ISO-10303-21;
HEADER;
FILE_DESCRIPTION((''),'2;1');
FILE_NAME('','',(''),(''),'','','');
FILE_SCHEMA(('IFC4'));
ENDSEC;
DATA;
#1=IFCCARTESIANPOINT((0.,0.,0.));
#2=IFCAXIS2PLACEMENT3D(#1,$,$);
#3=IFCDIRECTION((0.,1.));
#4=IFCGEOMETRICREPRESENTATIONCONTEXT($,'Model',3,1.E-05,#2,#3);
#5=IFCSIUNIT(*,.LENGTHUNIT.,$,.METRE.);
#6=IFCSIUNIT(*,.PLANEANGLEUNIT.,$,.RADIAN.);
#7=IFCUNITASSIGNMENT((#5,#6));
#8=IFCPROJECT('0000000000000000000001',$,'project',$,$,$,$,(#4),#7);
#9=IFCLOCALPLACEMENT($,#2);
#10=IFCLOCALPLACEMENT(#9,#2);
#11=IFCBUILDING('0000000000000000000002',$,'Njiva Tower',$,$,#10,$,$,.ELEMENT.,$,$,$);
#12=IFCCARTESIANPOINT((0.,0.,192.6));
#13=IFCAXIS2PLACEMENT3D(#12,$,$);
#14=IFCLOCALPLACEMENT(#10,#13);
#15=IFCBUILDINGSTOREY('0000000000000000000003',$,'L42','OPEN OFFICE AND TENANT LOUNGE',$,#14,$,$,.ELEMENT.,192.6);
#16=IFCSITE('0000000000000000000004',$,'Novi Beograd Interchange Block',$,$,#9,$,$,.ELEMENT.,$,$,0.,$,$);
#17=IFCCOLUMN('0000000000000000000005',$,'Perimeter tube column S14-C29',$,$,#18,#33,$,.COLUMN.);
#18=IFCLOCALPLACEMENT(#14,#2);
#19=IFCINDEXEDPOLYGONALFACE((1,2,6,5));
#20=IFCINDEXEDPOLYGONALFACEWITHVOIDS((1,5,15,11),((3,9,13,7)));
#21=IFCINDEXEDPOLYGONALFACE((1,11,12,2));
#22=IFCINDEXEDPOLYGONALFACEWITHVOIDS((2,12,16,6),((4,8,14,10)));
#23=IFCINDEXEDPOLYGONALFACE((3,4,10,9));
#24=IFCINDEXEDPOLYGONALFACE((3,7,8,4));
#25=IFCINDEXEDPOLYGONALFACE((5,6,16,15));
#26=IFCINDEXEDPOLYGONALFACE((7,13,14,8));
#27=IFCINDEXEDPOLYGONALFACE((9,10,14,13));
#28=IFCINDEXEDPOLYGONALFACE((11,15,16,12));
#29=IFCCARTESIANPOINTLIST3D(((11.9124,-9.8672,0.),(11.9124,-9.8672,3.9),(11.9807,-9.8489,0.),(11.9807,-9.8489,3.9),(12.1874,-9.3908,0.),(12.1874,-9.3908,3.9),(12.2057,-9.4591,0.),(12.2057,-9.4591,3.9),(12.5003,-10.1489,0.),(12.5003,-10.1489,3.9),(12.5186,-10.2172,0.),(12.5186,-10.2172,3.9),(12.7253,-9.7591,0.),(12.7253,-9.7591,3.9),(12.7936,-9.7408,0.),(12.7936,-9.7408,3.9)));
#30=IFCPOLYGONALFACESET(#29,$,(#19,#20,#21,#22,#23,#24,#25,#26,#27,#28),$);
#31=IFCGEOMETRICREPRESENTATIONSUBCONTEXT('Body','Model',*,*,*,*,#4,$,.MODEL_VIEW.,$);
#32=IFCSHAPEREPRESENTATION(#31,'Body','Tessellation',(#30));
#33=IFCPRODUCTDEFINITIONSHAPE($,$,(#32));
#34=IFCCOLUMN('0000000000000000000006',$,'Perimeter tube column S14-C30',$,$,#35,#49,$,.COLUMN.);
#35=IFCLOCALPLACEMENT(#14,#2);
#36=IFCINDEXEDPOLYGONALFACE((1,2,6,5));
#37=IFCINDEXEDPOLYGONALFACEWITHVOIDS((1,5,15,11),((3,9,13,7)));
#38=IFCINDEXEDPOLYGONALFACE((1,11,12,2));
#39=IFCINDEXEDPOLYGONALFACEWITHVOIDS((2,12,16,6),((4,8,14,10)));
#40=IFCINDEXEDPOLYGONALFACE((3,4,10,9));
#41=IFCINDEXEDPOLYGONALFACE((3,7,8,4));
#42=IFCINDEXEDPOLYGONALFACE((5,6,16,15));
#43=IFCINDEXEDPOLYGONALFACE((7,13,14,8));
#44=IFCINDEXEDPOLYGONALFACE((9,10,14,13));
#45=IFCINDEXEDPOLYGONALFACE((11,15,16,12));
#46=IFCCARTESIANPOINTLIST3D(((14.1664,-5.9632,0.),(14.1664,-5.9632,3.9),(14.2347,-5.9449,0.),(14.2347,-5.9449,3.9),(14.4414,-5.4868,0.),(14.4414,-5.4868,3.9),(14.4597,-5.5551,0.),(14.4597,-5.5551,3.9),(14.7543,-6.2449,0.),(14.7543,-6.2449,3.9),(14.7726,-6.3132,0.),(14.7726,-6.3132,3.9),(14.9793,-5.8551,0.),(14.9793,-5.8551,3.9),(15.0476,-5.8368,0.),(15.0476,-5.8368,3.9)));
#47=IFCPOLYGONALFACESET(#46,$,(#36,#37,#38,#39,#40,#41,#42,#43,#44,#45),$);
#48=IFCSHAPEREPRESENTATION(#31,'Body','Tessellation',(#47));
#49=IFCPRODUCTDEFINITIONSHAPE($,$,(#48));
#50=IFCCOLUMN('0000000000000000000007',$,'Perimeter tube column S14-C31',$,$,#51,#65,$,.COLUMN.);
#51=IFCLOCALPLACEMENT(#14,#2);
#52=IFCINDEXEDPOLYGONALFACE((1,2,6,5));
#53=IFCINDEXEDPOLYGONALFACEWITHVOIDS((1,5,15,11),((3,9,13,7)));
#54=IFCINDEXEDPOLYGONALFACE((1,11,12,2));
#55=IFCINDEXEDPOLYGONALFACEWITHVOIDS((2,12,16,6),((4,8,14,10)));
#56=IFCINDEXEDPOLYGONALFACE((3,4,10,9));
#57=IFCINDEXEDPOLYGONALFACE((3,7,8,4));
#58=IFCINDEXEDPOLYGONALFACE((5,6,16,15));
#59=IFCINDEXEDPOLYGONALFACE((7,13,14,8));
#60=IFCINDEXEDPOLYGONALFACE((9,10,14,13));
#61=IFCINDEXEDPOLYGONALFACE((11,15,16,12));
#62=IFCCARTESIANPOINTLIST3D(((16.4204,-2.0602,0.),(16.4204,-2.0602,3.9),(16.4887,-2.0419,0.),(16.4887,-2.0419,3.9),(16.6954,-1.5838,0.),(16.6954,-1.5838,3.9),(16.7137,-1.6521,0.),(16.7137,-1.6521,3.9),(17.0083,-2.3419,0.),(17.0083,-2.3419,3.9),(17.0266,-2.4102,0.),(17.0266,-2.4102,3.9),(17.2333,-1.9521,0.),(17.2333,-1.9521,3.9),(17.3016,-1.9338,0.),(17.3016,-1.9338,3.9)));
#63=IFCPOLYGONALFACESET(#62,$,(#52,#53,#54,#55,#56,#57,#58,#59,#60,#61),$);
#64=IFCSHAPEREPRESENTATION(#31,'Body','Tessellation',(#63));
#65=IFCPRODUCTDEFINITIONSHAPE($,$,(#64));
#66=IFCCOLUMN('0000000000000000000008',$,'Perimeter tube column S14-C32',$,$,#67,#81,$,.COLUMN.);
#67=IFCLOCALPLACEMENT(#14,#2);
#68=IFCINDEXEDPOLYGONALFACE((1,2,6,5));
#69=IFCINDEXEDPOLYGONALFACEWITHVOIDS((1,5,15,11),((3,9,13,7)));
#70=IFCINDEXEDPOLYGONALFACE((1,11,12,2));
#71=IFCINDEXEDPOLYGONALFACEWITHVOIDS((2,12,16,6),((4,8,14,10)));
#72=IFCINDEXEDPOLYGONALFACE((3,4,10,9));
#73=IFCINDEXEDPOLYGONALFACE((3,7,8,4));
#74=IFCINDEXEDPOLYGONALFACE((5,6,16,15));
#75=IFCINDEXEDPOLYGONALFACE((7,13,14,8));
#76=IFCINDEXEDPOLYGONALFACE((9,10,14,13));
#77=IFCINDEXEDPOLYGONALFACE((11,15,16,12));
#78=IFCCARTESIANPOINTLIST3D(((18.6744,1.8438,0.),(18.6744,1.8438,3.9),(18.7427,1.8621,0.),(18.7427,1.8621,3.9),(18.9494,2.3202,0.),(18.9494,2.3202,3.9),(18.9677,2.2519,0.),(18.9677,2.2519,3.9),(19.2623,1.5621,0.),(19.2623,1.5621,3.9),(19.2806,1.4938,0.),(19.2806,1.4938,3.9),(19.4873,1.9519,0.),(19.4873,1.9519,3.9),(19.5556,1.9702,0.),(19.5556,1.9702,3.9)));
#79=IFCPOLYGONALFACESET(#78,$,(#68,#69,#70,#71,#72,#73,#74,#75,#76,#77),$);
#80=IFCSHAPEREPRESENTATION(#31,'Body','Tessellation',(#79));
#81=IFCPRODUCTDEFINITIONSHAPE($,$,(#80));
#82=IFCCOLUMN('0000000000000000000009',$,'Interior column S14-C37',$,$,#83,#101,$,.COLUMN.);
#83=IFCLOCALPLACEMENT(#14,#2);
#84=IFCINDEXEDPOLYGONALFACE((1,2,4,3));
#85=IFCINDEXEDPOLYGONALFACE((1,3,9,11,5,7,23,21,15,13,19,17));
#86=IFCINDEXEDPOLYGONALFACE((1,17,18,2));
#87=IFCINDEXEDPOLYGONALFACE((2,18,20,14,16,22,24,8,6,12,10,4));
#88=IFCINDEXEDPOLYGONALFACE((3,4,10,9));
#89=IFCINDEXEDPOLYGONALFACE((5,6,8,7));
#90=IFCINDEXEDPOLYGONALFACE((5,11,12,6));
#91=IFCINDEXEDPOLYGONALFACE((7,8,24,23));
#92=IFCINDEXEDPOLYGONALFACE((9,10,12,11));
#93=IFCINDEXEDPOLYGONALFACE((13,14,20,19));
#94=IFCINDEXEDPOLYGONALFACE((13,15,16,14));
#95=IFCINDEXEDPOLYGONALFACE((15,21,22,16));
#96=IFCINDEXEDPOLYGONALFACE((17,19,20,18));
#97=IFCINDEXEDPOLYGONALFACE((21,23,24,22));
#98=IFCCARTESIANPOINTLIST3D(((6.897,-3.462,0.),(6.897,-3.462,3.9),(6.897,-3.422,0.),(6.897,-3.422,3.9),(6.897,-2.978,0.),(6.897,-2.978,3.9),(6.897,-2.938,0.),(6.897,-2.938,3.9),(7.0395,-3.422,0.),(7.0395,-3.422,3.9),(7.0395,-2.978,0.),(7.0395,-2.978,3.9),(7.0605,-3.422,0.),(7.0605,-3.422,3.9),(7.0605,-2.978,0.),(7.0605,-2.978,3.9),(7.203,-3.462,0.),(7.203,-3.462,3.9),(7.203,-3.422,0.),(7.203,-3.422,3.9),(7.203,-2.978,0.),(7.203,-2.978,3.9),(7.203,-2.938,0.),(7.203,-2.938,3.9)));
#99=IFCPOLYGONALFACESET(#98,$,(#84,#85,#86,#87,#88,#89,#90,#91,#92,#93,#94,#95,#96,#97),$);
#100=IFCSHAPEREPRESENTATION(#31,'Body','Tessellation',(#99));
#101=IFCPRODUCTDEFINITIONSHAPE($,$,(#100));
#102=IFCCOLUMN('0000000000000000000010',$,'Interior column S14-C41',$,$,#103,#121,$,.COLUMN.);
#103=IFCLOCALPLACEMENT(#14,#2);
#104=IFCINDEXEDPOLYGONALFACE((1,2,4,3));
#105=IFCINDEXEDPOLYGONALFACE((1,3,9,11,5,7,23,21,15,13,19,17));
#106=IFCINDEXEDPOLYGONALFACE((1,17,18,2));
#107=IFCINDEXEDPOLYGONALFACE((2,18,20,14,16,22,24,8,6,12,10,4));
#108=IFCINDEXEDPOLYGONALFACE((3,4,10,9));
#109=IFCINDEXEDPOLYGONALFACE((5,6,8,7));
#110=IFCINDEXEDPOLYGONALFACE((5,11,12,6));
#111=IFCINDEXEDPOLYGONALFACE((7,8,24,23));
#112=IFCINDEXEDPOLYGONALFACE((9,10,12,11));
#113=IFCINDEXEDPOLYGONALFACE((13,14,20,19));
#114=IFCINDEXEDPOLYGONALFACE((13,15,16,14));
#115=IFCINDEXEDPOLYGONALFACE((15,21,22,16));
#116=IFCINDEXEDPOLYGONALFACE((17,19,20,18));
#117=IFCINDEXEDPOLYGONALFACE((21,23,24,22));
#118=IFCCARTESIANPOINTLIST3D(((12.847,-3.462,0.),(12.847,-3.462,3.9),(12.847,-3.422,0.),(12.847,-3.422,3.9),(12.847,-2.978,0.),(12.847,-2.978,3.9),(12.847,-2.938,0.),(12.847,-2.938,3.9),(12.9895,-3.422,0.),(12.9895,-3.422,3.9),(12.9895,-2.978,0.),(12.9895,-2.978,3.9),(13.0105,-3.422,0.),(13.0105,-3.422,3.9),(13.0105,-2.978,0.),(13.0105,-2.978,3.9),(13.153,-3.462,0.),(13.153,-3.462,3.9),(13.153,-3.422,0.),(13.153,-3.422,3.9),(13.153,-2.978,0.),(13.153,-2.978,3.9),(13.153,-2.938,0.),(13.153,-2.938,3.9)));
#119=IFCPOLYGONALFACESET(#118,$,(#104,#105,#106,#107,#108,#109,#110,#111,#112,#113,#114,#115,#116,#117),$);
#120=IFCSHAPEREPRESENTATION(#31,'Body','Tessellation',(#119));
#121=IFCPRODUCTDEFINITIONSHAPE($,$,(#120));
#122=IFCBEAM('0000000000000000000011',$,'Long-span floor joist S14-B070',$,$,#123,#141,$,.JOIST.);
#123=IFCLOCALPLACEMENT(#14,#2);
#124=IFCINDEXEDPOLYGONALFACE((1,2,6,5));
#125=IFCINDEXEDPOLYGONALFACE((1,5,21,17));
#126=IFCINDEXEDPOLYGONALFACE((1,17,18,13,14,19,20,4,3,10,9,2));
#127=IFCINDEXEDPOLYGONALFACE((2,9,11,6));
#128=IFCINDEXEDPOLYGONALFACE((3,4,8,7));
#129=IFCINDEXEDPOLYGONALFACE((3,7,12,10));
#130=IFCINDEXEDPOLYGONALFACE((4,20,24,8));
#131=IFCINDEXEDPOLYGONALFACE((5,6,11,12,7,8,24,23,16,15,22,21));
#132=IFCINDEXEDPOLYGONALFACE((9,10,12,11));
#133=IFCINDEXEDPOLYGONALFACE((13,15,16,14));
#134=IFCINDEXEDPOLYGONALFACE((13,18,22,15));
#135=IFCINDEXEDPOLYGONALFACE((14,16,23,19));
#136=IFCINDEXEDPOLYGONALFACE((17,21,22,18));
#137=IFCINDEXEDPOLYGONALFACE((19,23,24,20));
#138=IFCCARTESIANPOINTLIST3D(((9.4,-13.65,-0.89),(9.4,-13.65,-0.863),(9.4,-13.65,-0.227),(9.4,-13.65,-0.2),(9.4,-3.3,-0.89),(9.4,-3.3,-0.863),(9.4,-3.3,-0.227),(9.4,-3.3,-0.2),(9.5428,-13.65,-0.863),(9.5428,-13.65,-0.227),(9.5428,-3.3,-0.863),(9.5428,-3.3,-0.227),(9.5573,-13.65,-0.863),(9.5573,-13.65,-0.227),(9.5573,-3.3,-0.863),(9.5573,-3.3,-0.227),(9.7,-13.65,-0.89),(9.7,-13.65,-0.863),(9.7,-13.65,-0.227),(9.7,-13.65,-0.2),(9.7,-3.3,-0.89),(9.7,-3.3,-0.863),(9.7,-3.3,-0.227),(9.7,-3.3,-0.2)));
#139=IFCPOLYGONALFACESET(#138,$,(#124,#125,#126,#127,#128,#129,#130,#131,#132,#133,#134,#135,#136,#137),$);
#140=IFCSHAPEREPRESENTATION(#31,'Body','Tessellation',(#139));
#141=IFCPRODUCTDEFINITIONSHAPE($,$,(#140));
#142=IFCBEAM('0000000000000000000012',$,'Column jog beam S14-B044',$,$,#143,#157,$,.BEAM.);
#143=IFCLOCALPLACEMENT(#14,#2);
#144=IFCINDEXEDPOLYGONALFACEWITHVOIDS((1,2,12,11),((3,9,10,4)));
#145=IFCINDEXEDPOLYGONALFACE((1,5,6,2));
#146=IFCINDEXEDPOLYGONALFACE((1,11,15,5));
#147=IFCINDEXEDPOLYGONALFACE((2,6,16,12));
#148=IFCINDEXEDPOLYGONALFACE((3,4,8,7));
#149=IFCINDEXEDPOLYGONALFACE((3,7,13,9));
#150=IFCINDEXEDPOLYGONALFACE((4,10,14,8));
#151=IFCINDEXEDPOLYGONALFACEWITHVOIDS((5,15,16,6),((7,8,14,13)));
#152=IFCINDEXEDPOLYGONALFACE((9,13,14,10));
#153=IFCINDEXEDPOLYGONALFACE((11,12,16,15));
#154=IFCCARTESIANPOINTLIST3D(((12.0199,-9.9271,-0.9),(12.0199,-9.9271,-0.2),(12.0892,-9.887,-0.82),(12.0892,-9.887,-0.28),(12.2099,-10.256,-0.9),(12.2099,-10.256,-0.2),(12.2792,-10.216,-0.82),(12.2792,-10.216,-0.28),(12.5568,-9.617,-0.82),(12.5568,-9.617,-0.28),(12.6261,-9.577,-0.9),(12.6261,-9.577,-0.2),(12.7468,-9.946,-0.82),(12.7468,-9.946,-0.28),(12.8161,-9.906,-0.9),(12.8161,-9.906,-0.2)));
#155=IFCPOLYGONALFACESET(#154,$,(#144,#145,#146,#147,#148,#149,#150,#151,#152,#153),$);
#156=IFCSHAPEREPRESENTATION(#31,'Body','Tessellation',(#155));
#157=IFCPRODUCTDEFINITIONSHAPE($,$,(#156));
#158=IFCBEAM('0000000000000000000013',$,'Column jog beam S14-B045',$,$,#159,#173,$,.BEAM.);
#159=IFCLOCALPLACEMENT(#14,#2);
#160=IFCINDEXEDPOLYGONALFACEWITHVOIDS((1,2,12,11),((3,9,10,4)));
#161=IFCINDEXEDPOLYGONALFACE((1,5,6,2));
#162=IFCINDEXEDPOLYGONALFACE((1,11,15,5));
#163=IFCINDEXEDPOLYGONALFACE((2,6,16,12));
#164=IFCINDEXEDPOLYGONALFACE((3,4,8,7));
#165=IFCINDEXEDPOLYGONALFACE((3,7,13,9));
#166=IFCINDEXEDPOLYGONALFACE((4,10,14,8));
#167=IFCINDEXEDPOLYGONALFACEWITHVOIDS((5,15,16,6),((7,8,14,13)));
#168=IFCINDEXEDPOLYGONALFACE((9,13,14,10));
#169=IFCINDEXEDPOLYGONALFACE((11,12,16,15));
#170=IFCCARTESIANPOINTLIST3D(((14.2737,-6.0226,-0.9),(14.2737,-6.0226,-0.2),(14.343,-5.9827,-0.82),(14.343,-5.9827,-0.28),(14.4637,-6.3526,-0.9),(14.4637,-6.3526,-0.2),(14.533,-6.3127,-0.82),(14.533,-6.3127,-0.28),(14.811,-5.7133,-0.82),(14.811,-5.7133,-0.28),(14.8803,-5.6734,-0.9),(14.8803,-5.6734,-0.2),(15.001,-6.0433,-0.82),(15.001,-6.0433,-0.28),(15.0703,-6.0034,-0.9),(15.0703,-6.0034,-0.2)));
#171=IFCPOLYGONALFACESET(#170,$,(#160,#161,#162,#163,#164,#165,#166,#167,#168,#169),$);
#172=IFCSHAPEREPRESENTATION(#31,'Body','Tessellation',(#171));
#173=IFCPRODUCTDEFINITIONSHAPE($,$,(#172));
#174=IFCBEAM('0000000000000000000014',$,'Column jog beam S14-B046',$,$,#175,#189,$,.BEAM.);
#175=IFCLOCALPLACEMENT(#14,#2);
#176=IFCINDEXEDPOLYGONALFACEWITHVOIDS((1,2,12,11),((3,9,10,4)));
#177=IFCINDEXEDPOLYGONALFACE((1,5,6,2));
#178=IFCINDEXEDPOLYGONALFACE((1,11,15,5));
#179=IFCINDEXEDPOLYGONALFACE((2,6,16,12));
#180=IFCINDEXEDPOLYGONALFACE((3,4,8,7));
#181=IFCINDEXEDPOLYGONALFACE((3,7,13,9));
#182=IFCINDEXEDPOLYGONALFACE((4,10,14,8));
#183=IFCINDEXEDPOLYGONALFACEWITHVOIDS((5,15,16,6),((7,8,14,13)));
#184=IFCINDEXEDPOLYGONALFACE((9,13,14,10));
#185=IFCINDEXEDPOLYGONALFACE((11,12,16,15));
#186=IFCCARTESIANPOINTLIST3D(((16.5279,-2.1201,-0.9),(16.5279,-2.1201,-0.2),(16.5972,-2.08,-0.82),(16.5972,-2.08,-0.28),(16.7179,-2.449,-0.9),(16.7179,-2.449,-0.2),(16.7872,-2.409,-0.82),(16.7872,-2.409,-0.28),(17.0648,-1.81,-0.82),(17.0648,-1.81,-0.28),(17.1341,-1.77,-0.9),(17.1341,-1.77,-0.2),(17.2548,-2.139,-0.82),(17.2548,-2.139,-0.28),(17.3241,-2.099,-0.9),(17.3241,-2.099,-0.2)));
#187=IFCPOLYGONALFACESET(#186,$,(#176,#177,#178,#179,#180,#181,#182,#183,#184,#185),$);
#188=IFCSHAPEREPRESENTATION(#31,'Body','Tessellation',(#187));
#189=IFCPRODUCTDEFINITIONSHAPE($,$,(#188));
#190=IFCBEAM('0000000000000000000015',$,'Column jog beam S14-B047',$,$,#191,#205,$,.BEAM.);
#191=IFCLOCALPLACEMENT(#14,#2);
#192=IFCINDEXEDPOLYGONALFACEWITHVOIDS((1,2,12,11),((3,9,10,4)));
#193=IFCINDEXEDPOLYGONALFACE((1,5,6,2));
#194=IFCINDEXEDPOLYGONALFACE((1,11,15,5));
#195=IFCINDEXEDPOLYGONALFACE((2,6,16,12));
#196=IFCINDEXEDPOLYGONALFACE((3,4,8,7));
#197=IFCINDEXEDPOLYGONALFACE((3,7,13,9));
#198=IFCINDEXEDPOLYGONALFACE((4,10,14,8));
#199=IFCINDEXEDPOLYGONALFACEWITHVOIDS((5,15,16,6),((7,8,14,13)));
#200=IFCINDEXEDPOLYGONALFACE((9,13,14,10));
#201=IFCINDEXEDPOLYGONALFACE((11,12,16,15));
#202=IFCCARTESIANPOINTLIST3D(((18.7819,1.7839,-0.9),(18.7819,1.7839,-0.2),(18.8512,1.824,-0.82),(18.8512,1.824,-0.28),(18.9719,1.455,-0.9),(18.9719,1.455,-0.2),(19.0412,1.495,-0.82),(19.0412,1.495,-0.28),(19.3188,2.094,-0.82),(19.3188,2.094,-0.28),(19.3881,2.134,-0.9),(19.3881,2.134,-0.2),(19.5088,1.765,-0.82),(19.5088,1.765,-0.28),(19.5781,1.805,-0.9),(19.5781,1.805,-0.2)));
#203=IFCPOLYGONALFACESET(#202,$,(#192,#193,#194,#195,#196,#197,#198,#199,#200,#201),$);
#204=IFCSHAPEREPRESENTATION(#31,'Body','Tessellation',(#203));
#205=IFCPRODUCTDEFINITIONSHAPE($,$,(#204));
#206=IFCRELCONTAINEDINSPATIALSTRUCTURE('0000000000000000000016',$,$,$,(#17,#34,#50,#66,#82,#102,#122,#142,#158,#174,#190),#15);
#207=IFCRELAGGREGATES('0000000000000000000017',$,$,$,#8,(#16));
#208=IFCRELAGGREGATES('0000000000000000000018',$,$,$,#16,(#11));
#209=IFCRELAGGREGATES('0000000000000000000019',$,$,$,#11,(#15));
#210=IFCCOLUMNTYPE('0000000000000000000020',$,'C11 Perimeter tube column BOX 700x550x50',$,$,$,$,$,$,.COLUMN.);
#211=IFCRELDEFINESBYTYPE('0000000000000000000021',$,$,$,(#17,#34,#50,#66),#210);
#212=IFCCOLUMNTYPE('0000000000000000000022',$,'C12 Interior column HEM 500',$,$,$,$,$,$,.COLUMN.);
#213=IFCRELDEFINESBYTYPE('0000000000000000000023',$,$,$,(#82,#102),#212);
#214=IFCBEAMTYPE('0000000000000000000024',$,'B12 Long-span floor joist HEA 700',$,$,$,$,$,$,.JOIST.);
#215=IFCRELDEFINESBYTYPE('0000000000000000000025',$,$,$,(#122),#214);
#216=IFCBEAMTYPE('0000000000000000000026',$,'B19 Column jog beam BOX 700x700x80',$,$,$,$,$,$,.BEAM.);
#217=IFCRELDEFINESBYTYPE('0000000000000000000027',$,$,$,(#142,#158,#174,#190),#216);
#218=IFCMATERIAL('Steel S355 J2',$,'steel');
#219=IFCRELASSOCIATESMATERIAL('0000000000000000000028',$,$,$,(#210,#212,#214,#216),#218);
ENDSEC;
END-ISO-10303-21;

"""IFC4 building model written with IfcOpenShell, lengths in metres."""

from ifc_helpers import new_model, si_unit, direction, frame, origin, origin_2d, place, context, subcontext, project, spatial, hollow_rectangle, i_section, extrude, material, material_profile, profile_set, type_object, element, save


model = new_model("IFC4")

# Units and contexts
model_context = context("Model", 3, precision=1e-05, world=origin(), true_north=direction((0.0, 1.0)))
body_context = subcontext(model_context, "Body", "Model", "MODEL_VIEW")
ifc_project = project(units=[si_unit("LENGTHUNIT", "METRE"), si_unit("PLANEANGLEUNIT", "RADIAN")], contexts=[model_context])

# Site, building, storey
site_placement = place(None, origin())
site = spatial("IfcSite", under=ifc_project, at=site_placement, Name="Novi Beograd Interchange Block", CompositionType="ELEMENT", RefElevation=0.0)
building_placement = place(site_placement, origin())
building = spatial("IfcBuilding", under=site, at=building_placement, Name="Njiva Tower", CompositionType="ELEMENT")
storey_placement = place(building_placement, frame((0.0, 0.0, 192.6)))
storey = spatial("IfcBuildingStorey", under=building, at=storey_placement, Name="L42", Description="OPEN OFFICE AND TENANT LOUNGE", CompositionType="ELEMENT", Elevation=192.6)

# Columns
ifc_material_1 = material(Name="Steel S355 J2", Category="steel")
ifc_material_profile_1 = material_profile(ifc_material_1, hollow_rectangle(XDim=0.55, YDim=0.7, WallThickness=0.05, at=origin_2d()), Name="BOX 700x550x50")
ifc_profile_set_1 = profile_set([ifc_material_profile_1], Name="Steel S355 J2")
column_type_1 = type_object("IfcColumnType", Name="C11 Perimeter tube column BOX 700x550x50", PredefinedType="COLUMN", material=ifc_profile_set_1)
for number, where, z_axis, x_axis, name in (
    (1, (12.353, -9.804, 0.0), (0.0, 0.0, 1.0), (0.5, 0.866025, 0.0), "Perimeter tube column S14-C29"),
    (2, (14.607, -5.9, 0.0), (0.0, 0.0, 1.0), (0.5, 0.866025, 0.0), "Perimeter tube column S14-C30"),
    (3, (16.861, -1.997, 0.0), (0.0, 0.0, 1.0), (0.5, 0.866025, 0.0), "Perimeter tube column S14-C31"),
    (4, (19.115, 1.907, 0.0), (0.0, 0.0, 1.0), (0.5, 0.866025, 0.0), "Perimeter tube column S14-C32"),
):
    element("IfcColumn", number, at=place(storey_placement, frame(where, z_axis=z_axis, x_axis=x_axis)), inside=storey, type_object=column_type_1, Name=name, PredefinedType="COLUMN", context=body_context, shape_type="SweptSolid", body=[
        extrude(hollow_rectangle(XDim=0.55, YDim=0.7, WallThickness=0.05, at=origin_2d()), origin(), (0.0, 0.0, 1.0), 3.9),
    ])
ifc_material_profile_2 = material_profile(ifc_material_1, i_section(OverallWidth=0.306, OverallDepth=0.524, WebThickness=0.021, FlangeThickness=0.04, at=origin_2d()), Name="HEM 500")
ifc_profile_set_2 = profile_set([ifc_material_profile_2], Name="Steel S355 J2")
column_type_2 = type_object("IfcColumnType", Name="C12 Interior column HEM 500", PredefinedType="COLUMN", material=ifc_profile_set_2)
for number, where, z_axis, x_axis, name in (
    (5, (7.05, -3.2, 0.0), (0.0, 0.0, 1.0), (1.0, 0.0, 0.0), "Interior column S14-C37"),
    (6, (13.0, -3.2, 0.0), (0.0, 0.0, 1.0), (1.0, 0.0, 0.0), "Interior column S14-C41"),
):
    element("IfcColumn", number, at=place(storey_placement, frame(where, z_axis=z_axis, x_axis=x_axis)), inside=storey, type_object=column_type_2, Name=name, PredefinedType="COLUMN", context=body_context, shape_type="SweptSolid", body=[
        extrude(i_section(OverallWidth=0.306, OverallDepth=0.524, WebThickness=0.021, FlangeThickness=0.04, at=origin_2d()), origin(), (0.0, 0.0, 1.0), 3.9),
    ])

# Beams
ifc_material_profile_3 = material_profile(ifc_material_1, i_section(OverallWidth=0.3, OverallDepth=0.69, WebThickness=0.0145, FlangeThickness=0.027, at=origin_2d()), Name="HEA 700")
ifc_profile_set_3 = profile_set([ifc_material_profile_3], Name="Steel S355 J2")
beam_type_1 = type_object("IfcBeamType", Name="B12 Long-span floor joist HEA 700", PredefinedType="JOIST", material=ifc_profile_set_3)
beam_1_placement = place(storey_placement, frame((9.55, -3.3, -0.545), z_axis=(0.0, -1.0, 0.0), x_axis=(1.0, 0.0, 0.0)))
element("IfcBeam", 7, at=beam_1_placement, inside=storey, type_object=beam_type_1, Name="Long-span floor joist S14-B070", PredefinedType="JOIST", context=body_context, shape_type="SweptSolid", body=[
    extrude(i_section(OverallWidth=0.3, OverallDepth=0.69, WebThickness=0.0145, FlangeThickness=0.027, at=origin_2d()), origin(), (0.0, 0.0, 1.0), 10.35),
])
ifc_material_profile_4 = material_profile(ifc_material_1, hollow_rectangle(XDim=0.7, YDim=0.7, WallThickness=0.08, at=origin_2d()), Name="BOX 700x700x80")
ifc_profile_set_4 = profile_set([ifc_material_profile_4], Name="Steel S355 J2")
beam_type_2 = type_object("IfcBeamType", Name="B19 Column jog beam BOX 700x700x80", PredefinedType="BEAM", material=ifc_profile_set_4)
beam_2_placement = place(storey_placement, frame((12.513, -10.081, -0.55), z_axis=(-0.500102, 0.865966, 0.0), x_axis=(-0.865966, -0.500102, 0.0)))
element("IfcBeam", 8, at=beam_2_placement, inside=storey, type_object=beam_type_2, Name="Column jog beam S14-B044", PredefinedType="BEAM", context=body_context, shape_type="SweptSolid", body=[
    extrude(hollow_rectangle(XDim=0.7, YDim=0.7, WallThickness=0.08, at=origin_2d()), origin(), (0.0, 0.0, 1.0), 0.3799),
])
beam_3_placement = place(storey_placement, frame((14.767, -6.178, -0.55), z_axis=(-0.498964, 0.866622, 0.0), x_axis=(-0.866622, -0.498964, 0.0)))
element("IfcBeam", 9, at=beam_3_placement, inside=storey, type_object=beam_type_2, Name="Column jog beam S14-B045", PredefinedType="BEAM", context=body_context, shape_type="SweptSolid", body=[
    extrude(hollow_rectangle(XDim=0.7, YDim=0.7, WallThickness=0.08, at=origin_2d()), origin(), (0.0, 0.0, 1.0), 0.3808),
])
for number, where, z_axis, x_axis, name in (
    (10, (17.021, -2.274, -0.55), (-0.500102, 0.865966, 0.0), (-0.865966, -0.500102, 0.0), "Column jog beam S14-B046"),
    (11, (19.275, 1.63, -0.55), (-0.500102, 0.865966, 0.0), (-0.865966, -0.500102, 0.0), "Column jog beam S14-B047"),
):
    element("IfcBeam", number, at=place(storey_placement, frame(where, z_axis=z_axis, x_axis=x_axis)), inside=storey, type_object=beam_type_2, Name=name, PredefinedType="BEAM", context=body_context, shape_type="SweptSolid", body=[
        extrude(hollow_rectangle(XDim=0.7, YDim=0.7, WallThickness=0.08, at=origin_2d()), origin(), (0.0, 0.0, 1.0), 0.3799),
    ])

save(model, "model.ifc")
